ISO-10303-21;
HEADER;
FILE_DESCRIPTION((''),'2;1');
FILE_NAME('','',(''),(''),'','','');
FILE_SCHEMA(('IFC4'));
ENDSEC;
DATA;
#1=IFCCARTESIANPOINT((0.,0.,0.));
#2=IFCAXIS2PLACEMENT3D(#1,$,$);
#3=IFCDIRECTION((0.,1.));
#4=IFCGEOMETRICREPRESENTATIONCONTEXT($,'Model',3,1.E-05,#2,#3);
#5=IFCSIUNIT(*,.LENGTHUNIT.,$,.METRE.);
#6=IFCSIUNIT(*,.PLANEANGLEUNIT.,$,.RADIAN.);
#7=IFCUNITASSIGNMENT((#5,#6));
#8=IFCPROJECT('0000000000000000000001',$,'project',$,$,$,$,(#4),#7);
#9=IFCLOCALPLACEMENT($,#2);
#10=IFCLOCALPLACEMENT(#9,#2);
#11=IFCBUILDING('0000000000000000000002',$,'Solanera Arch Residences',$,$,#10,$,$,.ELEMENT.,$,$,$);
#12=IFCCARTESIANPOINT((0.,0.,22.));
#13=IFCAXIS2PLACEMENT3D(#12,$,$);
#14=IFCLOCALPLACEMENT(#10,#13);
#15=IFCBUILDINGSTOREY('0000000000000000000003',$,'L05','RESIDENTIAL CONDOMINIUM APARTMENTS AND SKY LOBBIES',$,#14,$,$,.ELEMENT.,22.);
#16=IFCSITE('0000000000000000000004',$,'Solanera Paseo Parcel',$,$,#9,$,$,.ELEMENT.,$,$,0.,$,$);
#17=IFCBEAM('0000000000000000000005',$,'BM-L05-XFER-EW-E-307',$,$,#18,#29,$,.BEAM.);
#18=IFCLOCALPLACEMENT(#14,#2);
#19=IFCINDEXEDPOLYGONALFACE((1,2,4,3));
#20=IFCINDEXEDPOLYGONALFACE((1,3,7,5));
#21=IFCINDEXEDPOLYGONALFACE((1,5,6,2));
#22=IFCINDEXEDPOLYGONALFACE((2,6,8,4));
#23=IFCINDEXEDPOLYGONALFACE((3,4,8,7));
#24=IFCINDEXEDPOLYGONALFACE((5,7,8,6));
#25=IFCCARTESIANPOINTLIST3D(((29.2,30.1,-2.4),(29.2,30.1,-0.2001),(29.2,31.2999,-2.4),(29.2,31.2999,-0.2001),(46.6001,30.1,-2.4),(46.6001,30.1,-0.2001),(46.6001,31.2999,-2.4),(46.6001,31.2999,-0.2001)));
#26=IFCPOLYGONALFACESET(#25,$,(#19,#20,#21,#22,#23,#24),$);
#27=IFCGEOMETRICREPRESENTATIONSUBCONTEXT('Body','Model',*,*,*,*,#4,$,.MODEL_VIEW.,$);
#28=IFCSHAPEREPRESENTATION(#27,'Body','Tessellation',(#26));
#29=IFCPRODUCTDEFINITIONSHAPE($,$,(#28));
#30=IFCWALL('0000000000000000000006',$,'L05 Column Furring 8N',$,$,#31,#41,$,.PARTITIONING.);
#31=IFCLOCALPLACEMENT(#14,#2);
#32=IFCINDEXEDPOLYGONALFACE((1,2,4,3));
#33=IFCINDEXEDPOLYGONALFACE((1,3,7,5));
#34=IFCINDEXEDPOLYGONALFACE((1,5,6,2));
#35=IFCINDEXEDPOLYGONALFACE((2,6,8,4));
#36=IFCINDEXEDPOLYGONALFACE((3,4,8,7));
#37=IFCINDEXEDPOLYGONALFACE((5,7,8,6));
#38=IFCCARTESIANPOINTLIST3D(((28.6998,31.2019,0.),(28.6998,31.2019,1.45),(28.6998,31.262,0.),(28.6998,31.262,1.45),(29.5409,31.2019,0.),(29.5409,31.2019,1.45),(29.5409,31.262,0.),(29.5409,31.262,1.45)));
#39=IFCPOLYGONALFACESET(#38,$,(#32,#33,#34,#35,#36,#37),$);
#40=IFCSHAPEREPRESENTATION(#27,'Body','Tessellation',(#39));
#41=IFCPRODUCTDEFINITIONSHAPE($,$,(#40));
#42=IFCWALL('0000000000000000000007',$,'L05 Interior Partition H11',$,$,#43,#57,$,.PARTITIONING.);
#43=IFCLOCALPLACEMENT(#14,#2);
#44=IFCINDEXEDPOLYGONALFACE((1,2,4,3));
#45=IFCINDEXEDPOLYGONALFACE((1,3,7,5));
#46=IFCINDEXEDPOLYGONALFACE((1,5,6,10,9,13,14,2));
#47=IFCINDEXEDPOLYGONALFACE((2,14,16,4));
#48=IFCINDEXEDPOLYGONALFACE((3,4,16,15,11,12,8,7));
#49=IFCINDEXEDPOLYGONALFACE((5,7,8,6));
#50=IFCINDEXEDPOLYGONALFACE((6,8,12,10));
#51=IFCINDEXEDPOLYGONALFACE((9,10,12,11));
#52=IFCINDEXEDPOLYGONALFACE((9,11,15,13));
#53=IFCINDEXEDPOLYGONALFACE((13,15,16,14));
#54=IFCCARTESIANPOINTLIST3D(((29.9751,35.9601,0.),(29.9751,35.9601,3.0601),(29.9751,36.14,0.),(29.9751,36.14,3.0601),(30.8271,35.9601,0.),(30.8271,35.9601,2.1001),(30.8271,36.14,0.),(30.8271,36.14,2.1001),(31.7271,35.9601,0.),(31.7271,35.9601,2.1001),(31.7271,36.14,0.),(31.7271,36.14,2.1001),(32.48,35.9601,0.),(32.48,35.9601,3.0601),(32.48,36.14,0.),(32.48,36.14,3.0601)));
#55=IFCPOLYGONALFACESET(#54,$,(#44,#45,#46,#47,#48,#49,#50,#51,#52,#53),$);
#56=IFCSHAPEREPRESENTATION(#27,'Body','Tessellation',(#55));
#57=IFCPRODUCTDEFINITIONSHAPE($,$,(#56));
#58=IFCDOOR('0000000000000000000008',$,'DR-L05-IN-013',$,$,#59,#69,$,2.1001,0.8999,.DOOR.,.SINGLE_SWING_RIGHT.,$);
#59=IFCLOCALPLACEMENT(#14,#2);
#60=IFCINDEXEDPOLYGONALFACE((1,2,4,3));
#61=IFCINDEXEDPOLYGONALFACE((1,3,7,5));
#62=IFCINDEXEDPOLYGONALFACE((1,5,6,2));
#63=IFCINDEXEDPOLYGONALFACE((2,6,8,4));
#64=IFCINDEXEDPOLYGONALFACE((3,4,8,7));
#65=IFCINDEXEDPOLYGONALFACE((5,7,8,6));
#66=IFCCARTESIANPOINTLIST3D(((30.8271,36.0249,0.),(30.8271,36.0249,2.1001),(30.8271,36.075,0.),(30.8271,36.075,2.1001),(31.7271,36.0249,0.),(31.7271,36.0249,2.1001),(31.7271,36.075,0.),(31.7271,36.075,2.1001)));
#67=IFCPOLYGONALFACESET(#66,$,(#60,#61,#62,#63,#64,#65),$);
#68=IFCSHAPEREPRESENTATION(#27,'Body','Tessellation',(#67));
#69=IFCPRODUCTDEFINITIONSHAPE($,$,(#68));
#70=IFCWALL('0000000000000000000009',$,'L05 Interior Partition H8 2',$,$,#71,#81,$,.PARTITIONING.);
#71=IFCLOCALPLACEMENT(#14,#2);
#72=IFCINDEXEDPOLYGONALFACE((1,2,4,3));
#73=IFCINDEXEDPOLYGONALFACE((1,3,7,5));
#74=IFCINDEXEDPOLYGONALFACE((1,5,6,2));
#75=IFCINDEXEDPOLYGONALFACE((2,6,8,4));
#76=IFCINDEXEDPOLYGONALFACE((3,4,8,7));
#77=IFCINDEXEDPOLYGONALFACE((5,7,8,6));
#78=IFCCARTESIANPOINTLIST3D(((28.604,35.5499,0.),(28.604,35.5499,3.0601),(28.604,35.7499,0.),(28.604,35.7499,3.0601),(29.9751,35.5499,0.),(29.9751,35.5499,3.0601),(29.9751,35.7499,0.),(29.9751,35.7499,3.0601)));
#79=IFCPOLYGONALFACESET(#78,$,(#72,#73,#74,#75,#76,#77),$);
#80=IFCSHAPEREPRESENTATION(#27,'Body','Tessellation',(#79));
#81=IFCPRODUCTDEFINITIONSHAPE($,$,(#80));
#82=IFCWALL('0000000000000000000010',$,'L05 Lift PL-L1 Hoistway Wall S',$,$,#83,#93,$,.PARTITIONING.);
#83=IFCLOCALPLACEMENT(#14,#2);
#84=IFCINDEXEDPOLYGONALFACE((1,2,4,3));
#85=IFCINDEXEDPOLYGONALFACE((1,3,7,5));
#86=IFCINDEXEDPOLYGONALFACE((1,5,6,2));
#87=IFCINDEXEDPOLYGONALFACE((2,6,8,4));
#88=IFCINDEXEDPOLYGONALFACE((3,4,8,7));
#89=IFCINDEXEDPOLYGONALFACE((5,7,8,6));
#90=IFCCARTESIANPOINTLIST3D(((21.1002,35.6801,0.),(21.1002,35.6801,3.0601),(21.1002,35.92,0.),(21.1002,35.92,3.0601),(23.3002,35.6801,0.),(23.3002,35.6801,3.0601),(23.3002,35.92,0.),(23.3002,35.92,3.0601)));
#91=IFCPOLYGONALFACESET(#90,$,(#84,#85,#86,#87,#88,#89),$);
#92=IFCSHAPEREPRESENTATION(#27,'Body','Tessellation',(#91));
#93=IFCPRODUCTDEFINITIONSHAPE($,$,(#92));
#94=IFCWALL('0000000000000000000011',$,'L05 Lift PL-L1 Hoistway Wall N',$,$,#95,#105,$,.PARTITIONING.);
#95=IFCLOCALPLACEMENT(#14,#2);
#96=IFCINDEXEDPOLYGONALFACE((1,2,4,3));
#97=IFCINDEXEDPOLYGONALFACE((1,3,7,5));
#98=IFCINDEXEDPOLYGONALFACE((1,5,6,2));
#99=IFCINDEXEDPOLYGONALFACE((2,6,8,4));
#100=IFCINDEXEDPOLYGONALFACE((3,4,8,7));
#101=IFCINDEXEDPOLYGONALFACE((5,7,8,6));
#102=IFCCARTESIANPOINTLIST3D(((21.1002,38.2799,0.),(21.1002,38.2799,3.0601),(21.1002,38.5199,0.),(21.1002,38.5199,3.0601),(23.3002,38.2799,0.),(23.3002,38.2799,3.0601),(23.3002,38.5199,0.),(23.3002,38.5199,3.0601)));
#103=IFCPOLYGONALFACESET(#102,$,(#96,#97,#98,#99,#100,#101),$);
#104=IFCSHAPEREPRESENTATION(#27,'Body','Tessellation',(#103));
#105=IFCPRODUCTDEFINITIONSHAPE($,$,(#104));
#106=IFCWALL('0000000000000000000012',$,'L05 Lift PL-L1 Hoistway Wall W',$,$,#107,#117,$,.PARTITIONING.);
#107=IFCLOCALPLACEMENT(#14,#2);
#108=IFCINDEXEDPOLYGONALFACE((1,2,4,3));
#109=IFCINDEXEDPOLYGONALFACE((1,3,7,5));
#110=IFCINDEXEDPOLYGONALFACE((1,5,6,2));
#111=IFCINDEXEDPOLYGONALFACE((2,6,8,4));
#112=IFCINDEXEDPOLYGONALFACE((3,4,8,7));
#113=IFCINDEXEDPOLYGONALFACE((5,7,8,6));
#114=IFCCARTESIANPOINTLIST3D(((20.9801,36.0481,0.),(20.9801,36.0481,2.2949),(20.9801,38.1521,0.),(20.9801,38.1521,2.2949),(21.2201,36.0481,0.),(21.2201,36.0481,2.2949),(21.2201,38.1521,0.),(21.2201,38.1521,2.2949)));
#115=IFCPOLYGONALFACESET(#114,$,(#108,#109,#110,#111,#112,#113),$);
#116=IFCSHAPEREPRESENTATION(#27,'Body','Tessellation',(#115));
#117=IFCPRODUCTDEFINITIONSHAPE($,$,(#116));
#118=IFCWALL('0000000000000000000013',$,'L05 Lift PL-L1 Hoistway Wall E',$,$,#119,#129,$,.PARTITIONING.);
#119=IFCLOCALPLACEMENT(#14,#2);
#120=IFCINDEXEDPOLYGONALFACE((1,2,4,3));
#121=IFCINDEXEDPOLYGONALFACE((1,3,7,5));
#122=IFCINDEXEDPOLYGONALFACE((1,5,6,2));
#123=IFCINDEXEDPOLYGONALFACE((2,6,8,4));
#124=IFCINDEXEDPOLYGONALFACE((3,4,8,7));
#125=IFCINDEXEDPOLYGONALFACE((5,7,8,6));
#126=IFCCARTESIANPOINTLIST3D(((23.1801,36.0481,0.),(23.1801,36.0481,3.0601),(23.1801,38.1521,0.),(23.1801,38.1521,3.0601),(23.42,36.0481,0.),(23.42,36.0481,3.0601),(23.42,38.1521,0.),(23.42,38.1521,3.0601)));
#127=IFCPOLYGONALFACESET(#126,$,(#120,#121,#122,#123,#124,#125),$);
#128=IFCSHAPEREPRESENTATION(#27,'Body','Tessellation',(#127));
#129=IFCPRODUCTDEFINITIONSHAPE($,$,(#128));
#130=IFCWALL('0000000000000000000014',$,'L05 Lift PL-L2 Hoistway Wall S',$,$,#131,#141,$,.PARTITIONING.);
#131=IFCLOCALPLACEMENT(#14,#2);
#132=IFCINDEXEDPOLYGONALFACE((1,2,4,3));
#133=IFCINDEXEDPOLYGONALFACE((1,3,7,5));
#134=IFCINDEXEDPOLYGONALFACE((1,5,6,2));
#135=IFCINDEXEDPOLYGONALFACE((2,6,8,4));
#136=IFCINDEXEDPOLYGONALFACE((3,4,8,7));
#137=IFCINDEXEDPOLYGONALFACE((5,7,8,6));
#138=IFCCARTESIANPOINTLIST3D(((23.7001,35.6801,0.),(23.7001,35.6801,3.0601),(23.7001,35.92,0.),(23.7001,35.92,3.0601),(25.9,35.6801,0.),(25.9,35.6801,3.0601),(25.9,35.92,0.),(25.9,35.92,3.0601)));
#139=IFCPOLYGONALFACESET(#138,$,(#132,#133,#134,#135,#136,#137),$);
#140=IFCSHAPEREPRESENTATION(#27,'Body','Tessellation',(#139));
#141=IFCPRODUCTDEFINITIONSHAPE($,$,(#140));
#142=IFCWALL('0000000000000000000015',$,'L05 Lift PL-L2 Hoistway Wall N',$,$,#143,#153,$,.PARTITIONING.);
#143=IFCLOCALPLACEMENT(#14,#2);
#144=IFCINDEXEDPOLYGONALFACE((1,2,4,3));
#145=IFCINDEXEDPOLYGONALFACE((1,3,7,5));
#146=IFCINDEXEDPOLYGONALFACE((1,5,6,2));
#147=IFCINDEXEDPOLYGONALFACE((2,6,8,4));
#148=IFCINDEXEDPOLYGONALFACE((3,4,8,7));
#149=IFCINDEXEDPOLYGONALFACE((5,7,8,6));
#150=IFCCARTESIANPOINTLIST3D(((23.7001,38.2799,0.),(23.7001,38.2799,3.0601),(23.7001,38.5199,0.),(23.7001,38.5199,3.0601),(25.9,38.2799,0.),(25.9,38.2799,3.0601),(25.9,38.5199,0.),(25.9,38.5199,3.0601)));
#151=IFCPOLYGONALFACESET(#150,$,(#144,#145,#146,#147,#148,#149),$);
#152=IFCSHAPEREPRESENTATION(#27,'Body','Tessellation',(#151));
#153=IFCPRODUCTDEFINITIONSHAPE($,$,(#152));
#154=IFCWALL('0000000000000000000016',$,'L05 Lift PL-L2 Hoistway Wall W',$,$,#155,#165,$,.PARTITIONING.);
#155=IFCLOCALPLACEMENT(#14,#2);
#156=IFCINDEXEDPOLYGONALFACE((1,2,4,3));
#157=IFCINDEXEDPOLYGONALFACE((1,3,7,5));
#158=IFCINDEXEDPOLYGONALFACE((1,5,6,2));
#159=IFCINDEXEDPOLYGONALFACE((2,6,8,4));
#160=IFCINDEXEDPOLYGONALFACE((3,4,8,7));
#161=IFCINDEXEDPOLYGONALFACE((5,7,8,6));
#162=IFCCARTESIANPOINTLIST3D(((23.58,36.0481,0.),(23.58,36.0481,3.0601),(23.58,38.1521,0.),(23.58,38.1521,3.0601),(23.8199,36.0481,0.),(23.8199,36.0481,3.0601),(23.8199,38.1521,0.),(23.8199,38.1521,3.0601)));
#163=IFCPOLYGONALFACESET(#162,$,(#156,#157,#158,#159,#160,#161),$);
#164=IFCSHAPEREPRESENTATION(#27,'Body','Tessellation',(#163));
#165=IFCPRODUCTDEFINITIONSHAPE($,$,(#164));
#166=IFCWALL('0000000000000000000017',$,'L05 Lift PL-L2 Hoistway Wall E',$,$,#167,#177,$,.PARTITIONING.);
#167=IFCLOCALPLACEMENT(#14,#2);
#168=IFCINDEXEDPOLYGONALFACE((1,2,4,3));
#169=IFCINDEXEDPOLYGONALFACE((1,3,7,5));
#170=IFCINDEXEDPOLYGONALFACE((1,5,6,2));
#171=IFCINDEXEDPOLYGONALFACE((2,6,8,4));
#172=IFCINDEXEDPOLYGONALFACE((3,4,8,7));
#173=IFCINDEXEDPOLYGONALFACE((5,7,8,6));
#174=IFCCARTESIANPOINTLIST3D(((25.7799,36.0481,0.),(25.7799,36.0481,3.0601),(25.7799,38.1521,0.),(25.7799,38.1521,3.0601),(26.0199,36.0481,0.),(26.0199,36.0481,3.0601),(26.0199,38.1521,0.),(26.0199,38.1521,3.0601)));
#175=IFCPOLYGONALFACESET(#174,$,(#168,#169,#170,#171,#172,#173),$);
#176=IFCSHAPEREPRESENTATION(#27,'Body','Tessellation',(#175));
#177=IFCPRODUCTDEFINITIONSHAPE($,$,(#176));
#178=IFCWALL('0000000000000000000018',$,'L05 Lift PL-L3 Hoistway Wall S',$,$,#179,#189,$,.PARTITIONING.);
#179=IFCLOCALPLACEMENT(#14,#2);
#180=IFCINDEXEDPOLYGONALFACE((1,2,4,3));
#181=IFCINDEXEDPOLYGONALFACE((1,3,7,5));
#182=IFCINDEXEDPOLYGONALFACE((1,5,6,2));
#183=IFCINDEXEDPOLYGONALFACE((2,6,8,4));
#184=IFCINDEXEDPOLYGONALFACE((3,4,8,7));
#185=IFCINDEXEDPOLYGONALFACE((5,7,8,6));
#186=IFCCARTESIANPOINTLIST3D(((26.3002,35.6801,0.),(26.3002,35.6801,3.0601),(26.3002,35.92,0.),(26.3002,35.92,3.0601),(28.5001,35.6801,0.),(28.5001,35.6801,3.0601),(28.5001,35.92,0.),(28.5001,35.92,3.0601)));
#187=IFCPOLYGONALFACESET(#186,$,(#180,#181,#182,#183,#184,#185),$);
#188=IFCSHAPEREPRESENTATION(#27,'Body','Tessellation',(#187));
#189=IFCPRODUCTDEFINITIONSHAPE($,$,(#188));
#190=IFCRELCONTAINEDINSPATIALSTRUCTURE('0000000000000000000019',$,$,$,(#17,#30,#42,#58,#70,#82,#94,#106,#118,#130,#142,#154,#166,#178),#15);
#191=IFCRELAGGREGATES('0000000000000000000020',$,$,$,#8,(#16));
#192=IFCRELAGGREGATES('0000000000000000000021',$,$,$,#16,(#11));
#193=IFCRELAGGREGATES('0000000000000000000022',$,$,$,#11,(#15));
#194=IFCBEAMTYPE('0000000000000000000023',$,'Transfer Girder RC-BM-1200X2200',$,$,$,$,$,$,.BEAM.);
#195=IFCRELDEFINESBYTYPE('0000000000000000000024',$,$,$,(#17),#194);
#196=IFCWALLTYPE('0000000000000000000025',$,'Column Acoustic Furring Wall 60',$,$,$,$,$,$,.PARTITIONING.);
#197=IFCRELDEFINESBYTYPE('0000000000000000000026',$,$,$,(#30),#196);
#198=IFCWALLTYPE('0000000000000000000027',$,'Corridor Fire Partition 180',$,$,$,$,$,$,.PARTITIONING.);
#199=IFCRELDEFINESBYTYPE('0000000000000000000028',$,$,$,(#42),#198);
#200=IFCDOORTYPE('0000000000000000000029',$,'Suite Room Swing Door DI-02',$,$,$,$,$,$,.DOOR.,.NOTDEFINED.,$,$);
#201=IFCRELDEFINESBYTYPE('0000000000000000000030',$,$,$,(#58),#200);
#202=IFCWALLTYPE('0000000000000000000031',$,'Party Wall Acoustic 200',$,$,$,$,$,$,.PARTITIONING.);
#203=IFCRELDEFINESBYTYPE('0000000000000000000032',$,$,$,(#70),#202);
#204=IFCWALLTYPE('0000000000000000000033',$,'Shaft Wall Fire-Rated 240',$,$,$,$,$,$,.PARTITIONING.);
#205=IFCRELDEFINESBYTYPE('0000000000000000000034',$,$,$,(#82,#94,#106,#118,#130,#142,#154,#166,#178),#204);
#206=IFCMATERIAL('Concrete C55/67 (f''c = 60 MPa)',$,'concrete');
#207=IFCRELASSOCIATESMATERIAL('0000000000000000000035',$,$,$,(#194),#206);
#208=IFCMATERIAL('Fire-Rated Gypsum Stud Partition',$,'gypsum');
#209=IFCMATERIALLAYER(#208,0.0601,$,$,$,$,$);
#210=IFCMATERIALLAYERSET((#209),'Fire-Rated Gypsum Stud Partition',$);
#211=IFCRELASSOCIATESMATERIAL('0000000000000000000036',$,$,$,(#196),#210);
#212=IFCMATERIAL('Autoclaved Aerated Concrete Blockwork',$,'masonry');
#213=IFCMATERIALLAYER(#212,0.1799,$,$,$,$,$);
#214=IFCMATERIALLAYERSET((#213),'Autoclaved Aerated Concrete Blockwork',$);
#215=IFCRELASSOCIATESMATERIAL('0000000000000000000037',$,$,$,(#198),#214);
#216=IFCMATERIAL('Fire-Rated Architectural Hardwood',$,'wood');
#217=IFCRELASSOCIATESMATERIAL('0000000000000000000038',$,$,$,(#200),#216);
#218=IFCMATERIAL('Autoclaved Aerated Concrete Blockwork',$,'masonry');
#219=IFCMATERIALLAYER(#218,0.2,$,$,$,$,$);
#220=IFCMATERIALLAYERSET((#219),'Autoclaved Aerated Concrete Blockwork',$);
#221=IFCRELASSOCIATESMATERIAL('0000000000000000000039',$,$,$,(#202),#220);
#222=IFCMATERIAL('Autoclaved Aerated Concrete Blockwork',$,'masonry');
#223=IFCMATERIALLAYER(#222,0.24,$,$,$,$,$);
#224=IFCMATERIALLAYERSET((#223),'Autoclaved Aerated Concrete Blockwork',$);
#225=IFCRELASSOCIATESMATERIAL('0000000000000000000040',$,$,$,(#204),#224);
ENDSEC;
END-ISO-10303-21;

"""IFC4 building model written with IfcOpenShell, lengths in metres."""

from ifc_helpers import new_model, si_unit, direction, frame, frame_2d, origin, origin_2d, place, context, subcontext, project, spatial, rectangle, extrude, material, layer, layer_set, material_profile, profile_set, type_object, element, fill, save


model = new_model("IFC4")

# Units and contexts
model_context = context("Model", 3, precision=1e-05, world=origin(), true_north=direction((0.0, 1.0)))
body_context = subcontext(model_context, "Body", "Model", "MODEL_VIEW")
ifc_project = project(units=[si_unit("LENGTHUNIT", "METRE"), si_unit("PLANEANGLEUNIT", "RADIAN")], contexts=[model_context])

# Site, building, storey
site_placement = place(None, origin())
site = spatial("IfcSite", under=ifc_project, at=site_placement, Name="Solanera Paseo Parcel", CompositionType="ELEMENT", RefElevation=0.0)
building_placement = place(site_placement, origin())
building = spatial("IfcBuilding", under=site, at=building_placement, Name="Solanera Arch Residences", CompositionType="ELEMENT")
storey_placement = place(building_placement, frame((0.0, 0.0, 22.0)))
storey = spatial("IfcBuildingStorey", under=building, at=storey_placement, Name="L05", Description="RESIDENTIAL CONDOMINIUM APARTMENTS AND SKY LOBBIES", CompositionType="ELEMENT", Elevation=22.0)

# Beam
ifc_material_1 = material(Name="Concrete C55/67 (f'c = 60 MPa)", Category="concrete")
ifc_material_profile = material_profile(ifc_material_1, rectangle(XDim=1.2, YDim=2.2, at=origin_2d()))
ifc_profile_set = profile_set([ifc_material_profile], Name="Concrete C55/67 (f'c = 60 MPa)")
beam_type = type_object("IfcBeamType", Name="Transfer Girder RC-BM-1200X2200", PredefinedType="BEAM", material=ifc_profile_set)
beam_placement = place(storey_placement, frame((29.2, 30.7, -1.3), z_axis=(1.0, 0.0, 0.0), x_axis=(0.0, 1.0, 0.0)))
element("IfcBeam", 1, at=beam_placement, inside=storey, type_object=beam_type, Name="BM-L05-XFER-EW-E-307", PredefinedType="BEAM", context=body_context, shape_type="SweptSolid", body=[
    extrude(rectangle(XDim=1.2, YDim=2.2, at=origin_2d()), origin(), (0.0, 0.0, 1.0), 17.4001),
])

# Wall
ifc_material_2 = material(Name="Fire-Rated Gypsum Stud Partition", Category="gypsum")
ifc_layer_1 = layer(ifc_material_2, 0.0601)
ifc_layer_set_1 = layer_set([ifc_layer_1], Name="Fire-Rated Gypsum Stud Partition")
wall_type_1 = type_object("IfcWallType", Name="Column Acoustic Furring Wall 60", PredefinedType="PARTITIONING", material=ifc_layer_set_1)
wall_1_placement = place(storey_placement, frame((28.7, 31.2319, 0.0), z_axis=(0.0, 0.0, 1.0), x_axis=(1.0, 0.0, 0.0)))
element("IfcWall", 2, at=wall_1_placement, inside=storey, type_object=wall_type_1, Name="L05 Column Furring 8N", PredefinedType="PARTITIONING", context=body_context, shape_type="SweptSolid", body=[
    extrude(rectangle(XDim=0.8411, YDim=0.0601, at=frame_2d((0.4204, 0.0))), origin(), (0.0, 0.0, 1.0), 1.45),
])

# Wall, opening, door
ifc_material_3 = material(Name="Autoclaved Aerated Concrete Blockwork", Category="masonry")
ifc_layer_2 = layer(ifc_material_3, 0.1799)
ifc_layer_set_2 = layer_set([ifc_layer_2], Name="Autoclaved Aerated Concrete Blockwork")
wall_type_2 = type_object("IfcWallType", Name="Corridor Fire Partition 180", PredefinedType="PARTITIONING", material=ifc_layer_set_2)
wall_2_placement = place(storey_placement, frame((29.9751, 36.05, 0.0), z_axis=(0.0, 0.0, 1.0), x_axis=(1.0, 0.0, 0.0)))
wall_2 = element("IfcWall", 3, at=wall_2_placement, inside=storey, type_object=wall_type_2, Name="L05 Interior Partition H11", PredefinedType="PARTITIONING", context=body_context, shape_type="SweptSolid", body=[
    extrude(rectangle(XDim=2.5049, YDim=0.1799, at=frame_2d((1.2524, 0.0))), origin(), (0.0, 0.0, 1.0), 3.0601),
])
opening_1_placement = place(wall_2_placement, frame((0.8521, 0.0, 0.0)))
opening_1 = element("IfcOpeningElement", 4, at=opening_1_placement, cuts=wall_2, PredefinedType="OPENING", context=body_context, shape_type="SweptSolid", body=[
    extrude(rectangle(XDim=0.8999, YDim=2.1001, at=frame_2d((0.45, 1.05))), frame((0.0, 0.1001, 0.0), z_axis=(0.0, -1.0, 0.0), x_axis=(1.0, 0.0, 0.0)), (0.0, 0.0, 1.0), 0.1999),
])
ifc_material_4 = material(Name="Fire-Rated Architectural Hardwood", Category="wood")
door_type_1 = type_object("IfcDoorType", Name="Suite Room Swing Door DI-02", OperationType="NOTDEFINED", PredefinedType="DOOR", material=ifc_material_4)
door_1_placement = place(opening_1_placement, origin())
door_1 = element("IfcDoor", 5, at=door_1_placement, inside=storey, type_object=door_type_1, Name="DR-L05-IN-013", OperationType="SINGLE_SWING_RIGHT", OverallHeight=2.1001, OverallWidth=0.8999, PredefinedType="DOOR", context=body_context, shape_type="SweptSolid", body=[
    extrude(rectangle(XDim=0.8999, YDim=2.1001, at=frame_2d((0.45, 1.05))), frame((0.0, 0.0249, 0.0), z_axis=(0.0, -1.0, 0.0), x_axis=(1.0, 0.0, 0.0)), (0.0, 0.0, 1.0), 0.05),
])
fill(opening_1, door_1)

# Walls
ifc_material_5 = material(Name="Autoclaved Aerated Concrete Blockwork", Category="masonry")
ifc_layer_3 = layer(ifc_material_5, 0.2)
ifc_layer_set_3 = layer_set([ifc_layer_3], Name="Autoclaved Aerated Concrete Blockwork")
wall_type_3 = type_object("IfcWallType", Name="Party Wall Acoustic 200", PredefinedType="PARTITIONING", material=ifc_layer_set_3)
wall_3_placement = place(storey_placement, frame((28.604, 35.6499, 0.0), z_axis=(0.0, 0.0, 1.0), x_axis=(1.0, 0.0, 0.0)))
element("IfcWall", 6, at=wall_3_placement, inside=storey, type_object=wall_type_3, Name="L05 Interior Partition H8 2", PredefinedType="PARTITIONING", context=body_context, shape_type="SweptSolid", body=[
    extrude(rectangle(XDim=1.3711, YDim=0.2, at=frame_2d((0.6855, 0.0))), origin(), (0.0, 0.0, 1.0), 3.0601),
])
ifc_material_6 = material(Name="Autoclaved Aerated Concrete Blockwork", Category="masonry")
ifc_layer_4 = layer(ifc_material_6, 0.24)
ifc_layer_set_4 = layer_set([ifc_layer_4], Name="Autoclaved Aerated Concrete Blockwork")
wall_type_4 = type_object("IfcWallType", Name="Shaft Wall Fire-Rated 240", PredefinedType="PARTITIONING", material=ifc_layer_set_4)
for number, where, z_axis, x_axis, name in (
    (7, (21.1001, 35.8, 0.0), (0.0, 0.0, 1.0), (1.0, 0.0, 0.0), "L05 Lift PL-L1 Hoistway Wall S"),
    (8, (21.1001, 38.3999, 0.0), (0.0, 0.0, 1.0), (1.0, 0.0, 0.0), "L05 Lift PL-L1 Hoistway Wall N"),
):
    element("IfcWall", number, at=place(storey_placement, frame(where, z_axis=z_axis, x_axis=x_axis)), inside=storey, type_object=wall_type_4, Name=name, PredefinedType="PARTITIONING", context=body_context, shape_type="SweptSolid", body=[
        extrude(rectangle(XDim=2.2, YDim=0.24, at=frame_2d((1.1001, 0.0))), origin(), (0.0, 0.0, 1.0), 3.0601),
    ])
wall_4_placement = place(storey_placement, frame((21.1001, 36.0481, 0.0), z_axis=(0.0, 0.0, 1.0), x_axis=(0.0, 1.0, 0.0)))
element("IfcWall", 9, at=wall_4_placement, inside=storey, type_object=wall_type_4, Name="L05 Lift PL-L1 Hoistway Wall W", PredefinedType="PARTITIONING", context=body_context, shape_type="SweptSolid", body=[
    extrude(rectangle(XDim=2.104, YDim=0.24, at=frame_2d((1.052, 0.0))), origin(), (0.0, 0.0, 1.0), 2.2949),
])
wall_5_placement = place(storey_placement, frame((23.3, 36.0481, 0.0), z_axis=(0.0, 0.0, 1.0), x_axis=(0.0, 1.0, 0.0)))
element("IfcWall", 10, at=wall_5_placement, inside=storey, type_object=wall_type_4, Name="L05 Lift PL-L1 Hoistway Wall E", PredefinedType="PARTITIONING", context=body_context, shape_type="SweptSolid", body=[
    extrude(rectangle(XDim=2.104, YDim=0.24, at=frame_2d((1.052, 0.0))), origin(), (0.0, 0.0, 1.0), 3.0601),
])
for number, where, z_axis, x_axis, name in (
    (11, (23.7, 35.8, 0.0), (0.0, 0.0, 1.0), (1.0, 0.0, 0.0), "L05 Lift PL-L2 Hoistway Wall S"),
    (12, (23.7, 38.3999, 0.0), (0.0, 0.0, 1.0), (1.0, 0.0, 0.0), "L05 Lift PL-L2 Hoistway Wall N"),
):
    element("IfcWall", number, at=place(storey_placement, frame(where, z_axis=z_axis, x_axis=x_axis)), inside=storey, type_object=wall_type_4, Name=name, PredefinedType="PARTITIONING", context=body_context, shape_type="SweptSolid", body=[
        extrude(rectangle(XDim=2.2, YDim=0.24, at=frame_2d((1.1001, 0.0))), origin(), (0.0, 0.0, 1.0), 3.0601),
    ])
for number, where, z_axis, x_axis, name in (
    (13, (23.7, 36.0481, 0.0), (0.0, 0.0, 1.0), (0.0, 1.0, 0.0), "L05 Lift PL-L2 Hoistway Wall W"),
    (14, (25.8999, 36.0481, 0.0), (0.0, 0.0, 1.0), (0.0, 1.0, 0.0), "L05 Lift PL-L2 Hoistway Wall E"),
):
    element("IfcWall", number, at=place(storey_placement, frame(where, z_axis=z_axis, x_axis=x_axis)), inside=storey, type_object=wall_type_4, Name=name, PredefinedType="PARTITIONING", context=body_context, shape_type="SweptSolid", body=[
        extrude(rectangle(XDim=2.104, YDim=0.24, at=frame_2d((1.052, 0.0))), origin(), (0.0, 0.0, 1.0), 3.0601),
    ])
for number, where, z_axis, x_axis, name in (
    (15, (26.3, 35.8, 0.0), (0.0, 0.0, 1.0), (1.0, 0.0, 0.0), "L05 Lift PL-L3 Hoistway Wall S"),
):
    element("IfcWall", number, at=place(storey_placement, frame(where, z_axis=z_axis, x_axis=x_axis)), inside=storey, type_object=wall_type_4, Name=name, PredefinedType="PARTITIONING", context=body_context, shape_type="SweptSolid", body=[
        extrude(rectangle(XDim=2.2, YDim=0.24, at=frame_2d((1.1001, 0.0))), origin(), (0.0, 0.0, 1.0), 3.0601),
    ])

save(model, "model.ifc")
